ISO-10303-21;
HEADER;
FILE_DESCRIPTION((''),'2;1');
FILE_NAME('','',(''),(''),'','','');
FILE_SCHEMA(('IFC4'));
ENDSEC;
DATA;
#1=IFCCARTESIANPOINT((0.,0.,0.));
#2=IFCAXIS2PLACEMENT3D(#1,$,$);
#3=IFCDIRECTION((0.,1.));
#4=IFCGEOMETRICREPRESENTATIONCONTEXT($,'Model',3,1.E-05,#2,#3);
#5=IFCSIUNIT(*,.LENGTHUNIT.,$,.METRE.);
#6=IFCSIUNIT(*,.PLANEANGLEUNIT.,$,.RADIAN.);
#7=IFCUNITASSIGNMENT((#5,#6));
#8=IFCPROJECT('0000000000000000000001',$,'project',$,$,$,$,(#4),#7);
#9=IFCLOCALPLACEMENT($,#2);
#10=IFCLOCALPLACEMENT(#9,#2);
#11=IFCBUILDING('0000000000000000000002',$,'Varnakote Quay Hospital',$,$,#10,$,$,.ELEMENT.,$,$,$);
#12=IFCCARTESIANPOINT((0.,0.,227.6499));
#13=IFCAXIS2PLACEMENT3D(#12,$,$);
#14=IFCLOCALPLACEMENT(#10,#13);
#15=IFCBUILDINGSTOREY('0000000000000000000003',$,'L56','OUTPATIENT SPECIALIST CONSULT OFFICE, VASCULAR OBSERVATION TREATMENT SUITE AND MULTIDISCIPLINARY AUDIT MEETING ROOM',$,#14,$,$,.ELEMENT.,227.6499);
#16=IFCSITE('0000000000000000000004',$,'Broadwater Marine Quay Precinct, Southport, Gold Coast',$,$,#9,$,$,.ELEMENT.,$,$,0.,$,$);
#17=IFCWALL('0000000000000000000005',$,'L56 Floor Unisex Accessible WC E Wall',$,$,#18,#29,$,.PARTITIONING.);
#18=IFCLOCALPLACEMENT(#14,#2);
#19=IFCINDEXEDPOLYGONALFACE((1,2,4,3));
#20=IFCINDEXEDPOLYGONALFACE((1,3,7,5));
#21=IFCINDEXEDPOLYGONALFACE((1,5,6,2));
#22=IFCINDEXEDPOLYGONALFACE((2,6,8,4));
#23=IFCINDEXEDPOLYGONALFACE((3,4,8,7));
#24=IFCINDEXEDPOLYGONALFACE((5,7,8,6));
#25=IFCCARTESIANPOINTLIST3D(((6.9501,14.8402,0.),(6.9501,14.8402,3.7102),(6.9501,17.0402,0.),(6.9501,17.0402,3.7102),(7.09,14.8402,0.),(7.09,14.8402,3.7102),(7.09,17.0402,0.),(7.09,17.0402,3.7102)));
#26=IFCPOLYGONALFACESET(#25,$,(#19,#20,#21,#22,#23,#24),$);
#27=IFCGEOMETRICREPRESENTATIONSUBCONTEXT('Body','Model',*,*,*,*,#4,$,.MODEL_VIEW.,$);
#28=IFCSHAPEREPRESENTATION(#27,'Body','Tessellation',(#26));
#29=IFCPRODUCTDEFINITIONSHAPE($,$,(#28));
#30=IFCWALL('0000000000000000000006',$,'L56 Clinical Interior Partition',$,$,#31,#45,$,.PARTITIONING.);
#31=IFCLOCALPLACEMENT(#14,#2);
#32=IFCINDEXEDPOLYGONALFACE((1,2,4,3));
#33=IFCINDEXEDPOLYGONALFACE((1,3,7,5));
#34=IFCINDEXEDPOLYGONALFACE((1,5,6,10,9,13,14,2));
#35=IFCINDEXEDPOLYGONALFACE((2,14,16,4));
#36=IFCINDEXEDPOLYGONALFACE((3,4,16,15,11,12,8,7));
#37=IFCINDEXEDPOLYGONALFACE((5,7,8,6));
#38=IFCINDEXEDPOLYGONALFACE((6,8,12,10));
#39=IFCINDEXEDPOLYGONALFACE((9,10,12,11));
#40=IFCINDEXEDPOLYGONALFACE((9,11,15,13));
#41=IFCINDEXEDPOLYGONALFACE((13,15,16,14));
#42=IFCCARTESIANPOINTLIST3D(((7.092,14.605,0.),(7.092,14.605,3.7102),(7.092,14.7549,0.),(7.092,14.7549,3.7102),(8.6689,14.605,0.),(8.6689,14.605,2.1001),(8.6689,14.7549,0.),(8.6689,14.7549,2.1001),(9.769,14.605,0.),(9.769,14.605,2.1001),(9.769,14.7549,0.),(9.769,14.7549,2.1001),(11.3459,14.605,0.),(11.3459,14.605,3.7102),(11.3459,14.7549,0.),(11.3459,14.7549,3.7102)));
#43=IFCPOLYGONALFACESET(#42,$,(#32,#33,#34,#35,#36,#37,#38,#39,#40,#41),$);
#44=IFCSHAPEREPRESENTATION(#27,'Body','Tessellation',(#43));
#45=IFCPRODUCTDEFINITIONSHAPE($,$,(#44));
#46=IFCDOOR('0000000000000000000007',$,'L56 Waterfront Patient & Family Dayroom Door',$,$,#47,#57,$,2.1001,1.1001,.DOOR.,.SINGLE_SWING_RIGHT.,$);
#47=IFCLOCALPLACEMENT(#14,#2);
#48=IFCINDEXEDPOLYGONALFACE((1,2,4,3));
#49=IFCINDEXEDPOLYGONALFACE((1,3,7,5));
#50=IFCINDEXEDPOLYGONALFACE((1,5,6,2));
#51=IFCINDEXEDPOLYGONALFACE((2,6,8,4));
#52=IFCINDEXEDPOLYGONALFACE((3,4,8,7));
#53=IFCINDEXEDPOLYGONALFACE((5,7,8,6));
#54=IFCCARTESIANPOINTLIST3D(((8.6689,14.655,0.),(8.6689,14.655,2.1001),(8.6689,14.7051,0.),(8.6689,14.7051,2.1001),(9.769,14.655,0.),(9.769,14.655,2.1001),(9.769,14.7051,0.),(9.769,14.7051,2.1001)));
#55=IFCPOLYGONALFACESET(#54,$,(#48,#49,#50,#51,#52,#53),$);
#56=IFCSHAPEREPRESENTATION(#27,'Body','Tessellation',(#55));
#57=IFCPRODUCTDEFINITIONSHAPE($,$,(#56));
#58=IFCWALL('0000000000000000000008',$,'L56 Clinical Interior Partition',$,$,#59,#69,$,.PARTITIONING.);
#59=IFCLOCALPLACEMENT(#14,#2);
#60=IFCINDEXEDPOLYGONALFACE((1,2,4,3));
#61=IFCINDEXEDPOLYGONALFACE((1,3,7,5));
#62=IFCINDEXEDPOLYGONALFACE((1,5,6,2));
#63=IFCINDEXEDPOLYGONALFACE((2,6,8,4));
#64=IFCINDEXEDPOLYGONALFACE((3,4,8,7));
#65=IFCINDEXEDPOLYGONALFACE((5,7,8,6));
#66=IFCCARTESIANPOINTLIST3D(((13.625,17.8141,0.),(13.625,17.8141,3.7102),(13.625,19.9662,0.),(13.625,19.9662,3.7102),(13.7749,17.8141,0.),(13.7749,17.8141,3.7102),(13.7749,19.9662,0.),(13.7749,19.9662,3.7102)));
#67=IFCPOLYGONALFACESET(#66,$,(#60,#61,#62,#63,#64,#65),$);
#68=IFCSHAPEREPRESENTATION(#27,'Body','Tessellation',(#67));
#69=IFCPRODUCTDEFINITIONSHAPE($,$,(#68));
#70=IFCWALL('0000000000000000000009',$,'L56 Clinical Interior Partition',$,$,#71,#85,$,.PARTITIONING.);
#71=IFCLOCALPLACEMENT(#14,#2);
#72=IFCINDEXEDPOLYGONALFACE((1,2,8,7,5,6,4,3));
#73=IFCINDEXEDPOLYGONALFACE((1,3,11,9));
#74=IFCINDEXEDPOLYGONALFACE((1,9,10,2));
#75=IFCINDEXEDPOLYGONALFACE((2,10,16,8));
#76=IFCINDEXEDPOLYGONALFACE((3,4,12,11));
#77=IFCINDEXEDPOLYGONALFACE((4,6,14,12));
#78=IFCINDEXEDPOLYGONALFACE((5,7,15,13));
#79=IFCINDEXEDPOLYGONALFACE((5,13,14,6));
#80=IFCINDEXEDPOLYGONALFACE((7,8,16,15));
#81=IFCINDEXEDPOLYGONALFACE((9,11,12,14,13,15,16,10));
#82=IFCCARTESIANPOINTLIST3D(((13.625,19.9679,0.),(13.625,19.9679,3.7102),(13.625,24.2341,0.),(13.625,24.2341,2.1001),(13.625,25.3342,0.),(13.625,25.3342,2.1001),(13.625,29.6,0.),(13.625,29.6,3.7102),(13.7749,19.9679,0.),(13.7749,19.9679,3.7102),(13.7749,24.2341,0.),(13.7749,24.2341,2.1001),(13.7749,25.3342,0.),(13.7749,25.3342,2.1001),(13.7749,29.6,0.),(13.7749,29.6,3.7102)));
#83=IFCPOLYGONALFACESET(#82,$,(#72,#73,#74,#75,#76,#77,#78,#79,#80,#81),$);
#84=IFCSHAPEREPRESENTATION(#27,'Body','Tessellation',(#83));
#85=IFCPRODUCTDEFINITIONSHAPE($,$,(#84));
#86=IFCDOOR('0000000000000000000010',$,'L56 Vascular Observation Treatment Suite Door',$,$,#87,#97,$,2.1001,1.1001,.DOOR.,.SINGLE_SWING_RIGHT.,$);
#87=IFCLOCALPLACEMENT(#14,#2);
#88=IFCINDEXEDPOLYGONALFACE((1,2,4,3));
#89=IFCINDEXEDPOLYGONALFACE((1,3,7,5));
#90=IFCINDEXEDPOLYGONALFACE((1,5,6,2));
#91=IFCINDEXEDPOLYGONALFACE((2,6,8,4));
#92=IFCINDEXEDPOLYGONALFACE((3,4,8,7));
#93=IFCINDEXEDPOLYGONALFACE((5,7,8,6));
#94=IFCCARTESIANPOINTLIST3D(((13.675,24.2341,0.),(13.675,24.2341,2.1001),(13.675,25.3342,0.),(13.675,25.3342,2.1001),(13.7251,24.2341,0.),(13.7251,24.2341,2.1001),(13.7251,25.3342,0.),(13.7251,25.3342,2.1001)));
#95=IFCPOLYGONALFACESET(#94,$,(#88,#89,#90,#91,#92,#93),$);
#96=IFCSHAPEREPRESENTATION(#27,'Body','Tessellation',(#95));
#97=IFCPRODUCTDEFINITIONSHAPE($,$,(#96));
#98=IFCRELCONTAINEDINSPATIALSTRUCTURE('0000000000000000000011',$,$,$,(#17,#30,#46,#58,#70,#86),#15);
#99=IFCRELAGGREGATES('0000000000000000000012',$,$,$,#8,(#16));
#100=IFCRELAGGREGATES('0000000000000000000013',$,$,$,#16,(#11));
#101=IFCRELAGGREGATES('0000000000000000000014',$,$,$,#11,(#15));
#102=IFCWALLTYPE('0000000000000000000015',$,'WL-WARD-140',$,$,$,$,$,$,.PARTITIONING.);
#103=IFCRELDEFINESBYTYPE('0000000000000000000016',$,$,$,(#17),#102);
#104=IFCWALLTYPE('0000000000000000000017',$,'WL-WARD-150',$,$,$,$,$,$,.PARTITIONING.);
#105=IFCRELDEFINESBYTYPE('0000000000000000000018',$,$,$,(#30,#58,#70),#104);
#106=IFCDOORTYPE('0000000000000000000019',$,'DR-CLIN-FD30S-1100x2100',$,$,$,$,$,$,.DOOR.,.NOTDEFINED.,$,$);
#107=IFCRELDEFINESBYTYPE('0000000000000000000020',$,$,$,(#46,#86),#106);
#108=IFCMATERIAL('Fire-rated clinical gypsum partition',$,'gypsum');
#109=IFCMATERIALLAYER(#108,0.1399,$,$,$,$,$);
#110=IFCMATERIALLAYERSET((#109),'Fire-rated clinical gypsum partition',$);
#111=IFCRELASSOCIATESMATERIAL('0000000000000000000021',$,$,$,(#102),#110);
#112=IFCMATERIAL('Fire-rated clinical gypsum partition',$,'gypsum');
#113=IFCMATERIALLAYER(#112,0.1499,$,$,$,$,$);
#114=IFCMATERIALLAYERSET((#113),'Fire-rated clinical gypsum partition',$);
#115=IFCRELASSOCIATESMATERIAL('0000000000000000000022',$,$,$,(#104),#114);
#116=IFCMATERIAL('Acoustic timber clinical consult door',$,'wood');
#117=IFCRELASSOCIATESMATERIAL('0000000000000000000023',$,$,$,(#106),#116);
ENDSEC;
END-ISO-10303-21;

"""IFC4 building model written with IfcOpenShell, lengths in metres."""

from ifc_helpers import new_model, si_unit, direction, frame, frame_2d, origin, place, context, subcontext, project, spatial, rectangle, extrude, material, layer, layer_set, type_object, element, fill, save


model = new_model("IFC4")

# Units and contexts
model_context = context("Model", 3, precision=1e-05, world=origin(), true_north=direction((0.0, 1.0)))
body_context = subcontext(model_context, "Body", "Model", "MODEL_VIEW")
ifc_project = project(units=[si_unit("LENGTHUNIT", "METRE"), si_unit("PLANEANGLEUNIT", "RADIAN")], contexts=[model_context])

# Site, building, storey
site_placement = place(None, origin())
site = spatial("IfcSite", under=ifc_project, at=site_placement, Name="Broadwater Marine Quay Precinct, Southport, Gold Coast", CompositionType="ELEMENT", RefElevation=0.0)
building_placement = place(site_placement, origin())
building = spatial("IfcBuilding", under=site, at=building_placement, Name="Varnakote Quay Hospital", CompositionType="ELEMENT")
storey_placement = place(building_placement, frame((0.0, 0.0, 227.6499)))
storey = spatial("IfcBuildingStorey", under=building, at=storey_placement, Name="L56", Description="OUTPATIENT SPECIALIST CONSULT OFFICE, VASCULAR OBSERVATION TREATMENT SUITE AND MULTIDISCIPLINARY AUDIT MEETING ROOM", CompositionType="ELEMENT", Elevation=227.6499)

# Shared definitions
ifc_material_1 = material(Name="Fire-rated clinical gypsum partition", Category="gypsum")
ifc_layer_1 = layer(ifc_material_1, 0.1399)
ifc_layer_set_1 = layer_set([ifc_layer_1], Name="Fire-rated clinical gypsum partition")
wall_type_1 = type_object("IfcWallType", Name="WL-WARD-140", PredefinedType="PARTITIONING", material=ifc_layer_set_1)

# Wall
for number, where, z_axis, x_axis, name in (
    (1, (7.02, 14.8401, 0.0), (0.0, 0.0, 1.0), (0.0, 1.0, 0.0), "L56 Floor Unisex Accessible WC E Wall"),
):
    element("IfcWall", number, at=place(storey_placement, frame(where, z_axis=z_axis, x_axis=x_axis)), inside=storey, type_object=wall_type_1, Name=name, PredefinedType="PARTITIONING", context=body_context, shape_type="SweptSolid", body=[
        extrude(rectangle(XDim=2.2, YDim=0.1399, at=frame_2d((1.1001, 0.0))), origin(), (0.0, 0.0, 1.0), 3.7102),
    ])

# Wall, opening, door
ifc_material_2 = material(Name="Fire-rated clinical gypsum partition", Category="gypsum")
ifc_layer_2 = layer(ifc_material_2, 0.1499)
ifc_layer_set_2 = layer_set([ifc_layer_2], Name="Fire-rated clinical gypsum partition")
wall_type_2 = type_object("IfcWallType", Name="WL-WARD-150", PredefinedType="PARTITIONING", material=ifc_layer_set_2)
wall_1_placement = place(storey_placement, frame((11.3459, 14.6799, 0.0), z_axis=(0.0, 0.0, 1.0), x_axis=(-1.0, 0.0, 0.0)))
wall_1 = element("IfcWall", 2, at=wall_1_placement, inside=storey, type_object=wall_type_2, Name="L56 Clinical Interior Partition", PredefinedType="PARTITIONING", context=body_context, shape_type="SweptSolid", body=[
    extrude(rectangle(XDim=4.2539, YDim=0.1499, at=frame_2d((2.127, 0.0))), origin(), (0.0, 0.0, 1.0), 3.7102),
])
opening_1_placement = place(wall_1_placement, frame((1.5769, 0.0, 0.0)))
opening_1 = element("IfcOpeningElement", 3, at=opening_1_placement, cuts=wall_1, PredefinedType="OPENING", context=body_context, shape_type="SweptSolid", body=[
    extrude(rectangle(XDim=1.1001, YDim=2.1001, at=frame_2d((0.55, 1.05))), frame((0.0, 0.085, 0.0), z_axis=(0.0, -1.0, 0.0), x_axis=(1.0, 0.0, 0.0)), (0.0, 0.0, 1.0), 0.1699),
])
ifc_material_3 = material(Name="Acoustic timber clinical consult door", Category="wood")
door_type_1 = type_object("IfcDoorType", Name="DR-CLIN-FD30S-1100x2100", OperationType="NOTDEFINED", PredefinedType="DOOR", material=ifc_material_3)
door_1_placement = place(opening_1_placement, origin())
door_1 = element("IfcDoor", 4, at=door_1_placement, inside=storey, type_object=door_type_1, Name="L56 Waterfront Patient & Family Dayroom Door", OperationType="SINGLE_SWING_RIGHT", OverallHeight=2.1001, OverallWidth=1.1001, PredefinedType="DOOR", context=body_context, shape_type="SweptSolid", body=[
    extrude(rectangle(XDim=1.1001, YDim=2.1001, at=frame_2d((0.55, 1.05))), frame((0.0, 0.0249, 0.0), z_axis=(0.0, -1.0, 0.0), x_axis=(1.0, 0.0, 0.0)), (0.0, 0.0, 1.0), 0.05),
])
fill(opening_1, door_1)

# Wall
wall_2_placement = place(storey_placement, frame((13.7, 17.814, 0.0), z_axis=(0.0, 0.0, 1.0), x_axis=(0.0, 1.0, 0.0)))
element("IfcWall", 5, at=wall_2_placement, inside=storey, type_object=wall_type_2, Name="L56 Clinical Interior Partition", PredefinedType="PARTITIONING", context=body_context, shape_type="SweptSolid", body=[
    extrude(rectangle(XDim=2.1521, YDim=0.1499, at=frame_2d((1.0762, 0.0))), origin(), (0.0, 0.0, 1.0), 3.7102),
])

# Wall, opening, door
wall_3_placement = place(storey_placement, frame((13.7, 19.968, 0.0), z_axis=(0.0, 0.0, 1.0), x_axis=(0.0, 1.0, 0.0)))
wall_3 = element("IfcWall", 6, at=wall_3_placement, inside=storey, type_object=wall_type_2, Name="L56 Clinical Interior Partition", PredefinedType="PARTITIONING", context=body_context, shape_type="SweptSolid", body=[
    extrude(rectangle(XDim=9.6321, YDim=0.1499, at=frame_2d((4.8159, 0.0))), origin(), (0.0, 0.0, 1.0), 3.7102),
])
opening_2_placement = place(wall_3_placement, frame((4.2661, 0.0, 0.0)))
opening_2 = element("IfcOpeningElement", 7, at=opening_2_placement, cuts=wall_3, PredefinedType="OPENING", context=body_context, shape_type="SweptSolid", body=[
    extrude(rectangle(XDim=1.1001, YDim=2.1001, at=frame_2d((0.55, 1.05))), frame((0.0, 0.085, 0.0), z_axis=(0.0, -1.0, 0.0), x_axis=(1.0, 0.0, 0.0)), (0.0, 0.0, 1.0), 0.1699),
])
door_2_placement = place(opening_2_placement, origin())
door_2 = element("IfcDoor", 8, at=door_2_placement, inside=storey, type_object=door_type_1, Name="L56 Vascular Observation Treatment Suite Door", OperationType="SINGLE_SWING_RIGHT", OverallHeight=2.1001, OverallWidth=1.1001, PredefinedType="DOOR", context=body_context, shape_type="SweptSolid", body=[
    extrude(rectangle(XDim=1.1001, YDim=2.1001, at=frame_2d((0.55, 1.05))), frame((0.0, 0.0249, 0.0), z_axis=(0.0, -1.0, 0.0), x_axis=(1.0, 0.0, 0.0)), (0.0, 0.0, 1.0), 0.05),
])
fill(opening_2, door_2)

save(model, "model.ifc")
